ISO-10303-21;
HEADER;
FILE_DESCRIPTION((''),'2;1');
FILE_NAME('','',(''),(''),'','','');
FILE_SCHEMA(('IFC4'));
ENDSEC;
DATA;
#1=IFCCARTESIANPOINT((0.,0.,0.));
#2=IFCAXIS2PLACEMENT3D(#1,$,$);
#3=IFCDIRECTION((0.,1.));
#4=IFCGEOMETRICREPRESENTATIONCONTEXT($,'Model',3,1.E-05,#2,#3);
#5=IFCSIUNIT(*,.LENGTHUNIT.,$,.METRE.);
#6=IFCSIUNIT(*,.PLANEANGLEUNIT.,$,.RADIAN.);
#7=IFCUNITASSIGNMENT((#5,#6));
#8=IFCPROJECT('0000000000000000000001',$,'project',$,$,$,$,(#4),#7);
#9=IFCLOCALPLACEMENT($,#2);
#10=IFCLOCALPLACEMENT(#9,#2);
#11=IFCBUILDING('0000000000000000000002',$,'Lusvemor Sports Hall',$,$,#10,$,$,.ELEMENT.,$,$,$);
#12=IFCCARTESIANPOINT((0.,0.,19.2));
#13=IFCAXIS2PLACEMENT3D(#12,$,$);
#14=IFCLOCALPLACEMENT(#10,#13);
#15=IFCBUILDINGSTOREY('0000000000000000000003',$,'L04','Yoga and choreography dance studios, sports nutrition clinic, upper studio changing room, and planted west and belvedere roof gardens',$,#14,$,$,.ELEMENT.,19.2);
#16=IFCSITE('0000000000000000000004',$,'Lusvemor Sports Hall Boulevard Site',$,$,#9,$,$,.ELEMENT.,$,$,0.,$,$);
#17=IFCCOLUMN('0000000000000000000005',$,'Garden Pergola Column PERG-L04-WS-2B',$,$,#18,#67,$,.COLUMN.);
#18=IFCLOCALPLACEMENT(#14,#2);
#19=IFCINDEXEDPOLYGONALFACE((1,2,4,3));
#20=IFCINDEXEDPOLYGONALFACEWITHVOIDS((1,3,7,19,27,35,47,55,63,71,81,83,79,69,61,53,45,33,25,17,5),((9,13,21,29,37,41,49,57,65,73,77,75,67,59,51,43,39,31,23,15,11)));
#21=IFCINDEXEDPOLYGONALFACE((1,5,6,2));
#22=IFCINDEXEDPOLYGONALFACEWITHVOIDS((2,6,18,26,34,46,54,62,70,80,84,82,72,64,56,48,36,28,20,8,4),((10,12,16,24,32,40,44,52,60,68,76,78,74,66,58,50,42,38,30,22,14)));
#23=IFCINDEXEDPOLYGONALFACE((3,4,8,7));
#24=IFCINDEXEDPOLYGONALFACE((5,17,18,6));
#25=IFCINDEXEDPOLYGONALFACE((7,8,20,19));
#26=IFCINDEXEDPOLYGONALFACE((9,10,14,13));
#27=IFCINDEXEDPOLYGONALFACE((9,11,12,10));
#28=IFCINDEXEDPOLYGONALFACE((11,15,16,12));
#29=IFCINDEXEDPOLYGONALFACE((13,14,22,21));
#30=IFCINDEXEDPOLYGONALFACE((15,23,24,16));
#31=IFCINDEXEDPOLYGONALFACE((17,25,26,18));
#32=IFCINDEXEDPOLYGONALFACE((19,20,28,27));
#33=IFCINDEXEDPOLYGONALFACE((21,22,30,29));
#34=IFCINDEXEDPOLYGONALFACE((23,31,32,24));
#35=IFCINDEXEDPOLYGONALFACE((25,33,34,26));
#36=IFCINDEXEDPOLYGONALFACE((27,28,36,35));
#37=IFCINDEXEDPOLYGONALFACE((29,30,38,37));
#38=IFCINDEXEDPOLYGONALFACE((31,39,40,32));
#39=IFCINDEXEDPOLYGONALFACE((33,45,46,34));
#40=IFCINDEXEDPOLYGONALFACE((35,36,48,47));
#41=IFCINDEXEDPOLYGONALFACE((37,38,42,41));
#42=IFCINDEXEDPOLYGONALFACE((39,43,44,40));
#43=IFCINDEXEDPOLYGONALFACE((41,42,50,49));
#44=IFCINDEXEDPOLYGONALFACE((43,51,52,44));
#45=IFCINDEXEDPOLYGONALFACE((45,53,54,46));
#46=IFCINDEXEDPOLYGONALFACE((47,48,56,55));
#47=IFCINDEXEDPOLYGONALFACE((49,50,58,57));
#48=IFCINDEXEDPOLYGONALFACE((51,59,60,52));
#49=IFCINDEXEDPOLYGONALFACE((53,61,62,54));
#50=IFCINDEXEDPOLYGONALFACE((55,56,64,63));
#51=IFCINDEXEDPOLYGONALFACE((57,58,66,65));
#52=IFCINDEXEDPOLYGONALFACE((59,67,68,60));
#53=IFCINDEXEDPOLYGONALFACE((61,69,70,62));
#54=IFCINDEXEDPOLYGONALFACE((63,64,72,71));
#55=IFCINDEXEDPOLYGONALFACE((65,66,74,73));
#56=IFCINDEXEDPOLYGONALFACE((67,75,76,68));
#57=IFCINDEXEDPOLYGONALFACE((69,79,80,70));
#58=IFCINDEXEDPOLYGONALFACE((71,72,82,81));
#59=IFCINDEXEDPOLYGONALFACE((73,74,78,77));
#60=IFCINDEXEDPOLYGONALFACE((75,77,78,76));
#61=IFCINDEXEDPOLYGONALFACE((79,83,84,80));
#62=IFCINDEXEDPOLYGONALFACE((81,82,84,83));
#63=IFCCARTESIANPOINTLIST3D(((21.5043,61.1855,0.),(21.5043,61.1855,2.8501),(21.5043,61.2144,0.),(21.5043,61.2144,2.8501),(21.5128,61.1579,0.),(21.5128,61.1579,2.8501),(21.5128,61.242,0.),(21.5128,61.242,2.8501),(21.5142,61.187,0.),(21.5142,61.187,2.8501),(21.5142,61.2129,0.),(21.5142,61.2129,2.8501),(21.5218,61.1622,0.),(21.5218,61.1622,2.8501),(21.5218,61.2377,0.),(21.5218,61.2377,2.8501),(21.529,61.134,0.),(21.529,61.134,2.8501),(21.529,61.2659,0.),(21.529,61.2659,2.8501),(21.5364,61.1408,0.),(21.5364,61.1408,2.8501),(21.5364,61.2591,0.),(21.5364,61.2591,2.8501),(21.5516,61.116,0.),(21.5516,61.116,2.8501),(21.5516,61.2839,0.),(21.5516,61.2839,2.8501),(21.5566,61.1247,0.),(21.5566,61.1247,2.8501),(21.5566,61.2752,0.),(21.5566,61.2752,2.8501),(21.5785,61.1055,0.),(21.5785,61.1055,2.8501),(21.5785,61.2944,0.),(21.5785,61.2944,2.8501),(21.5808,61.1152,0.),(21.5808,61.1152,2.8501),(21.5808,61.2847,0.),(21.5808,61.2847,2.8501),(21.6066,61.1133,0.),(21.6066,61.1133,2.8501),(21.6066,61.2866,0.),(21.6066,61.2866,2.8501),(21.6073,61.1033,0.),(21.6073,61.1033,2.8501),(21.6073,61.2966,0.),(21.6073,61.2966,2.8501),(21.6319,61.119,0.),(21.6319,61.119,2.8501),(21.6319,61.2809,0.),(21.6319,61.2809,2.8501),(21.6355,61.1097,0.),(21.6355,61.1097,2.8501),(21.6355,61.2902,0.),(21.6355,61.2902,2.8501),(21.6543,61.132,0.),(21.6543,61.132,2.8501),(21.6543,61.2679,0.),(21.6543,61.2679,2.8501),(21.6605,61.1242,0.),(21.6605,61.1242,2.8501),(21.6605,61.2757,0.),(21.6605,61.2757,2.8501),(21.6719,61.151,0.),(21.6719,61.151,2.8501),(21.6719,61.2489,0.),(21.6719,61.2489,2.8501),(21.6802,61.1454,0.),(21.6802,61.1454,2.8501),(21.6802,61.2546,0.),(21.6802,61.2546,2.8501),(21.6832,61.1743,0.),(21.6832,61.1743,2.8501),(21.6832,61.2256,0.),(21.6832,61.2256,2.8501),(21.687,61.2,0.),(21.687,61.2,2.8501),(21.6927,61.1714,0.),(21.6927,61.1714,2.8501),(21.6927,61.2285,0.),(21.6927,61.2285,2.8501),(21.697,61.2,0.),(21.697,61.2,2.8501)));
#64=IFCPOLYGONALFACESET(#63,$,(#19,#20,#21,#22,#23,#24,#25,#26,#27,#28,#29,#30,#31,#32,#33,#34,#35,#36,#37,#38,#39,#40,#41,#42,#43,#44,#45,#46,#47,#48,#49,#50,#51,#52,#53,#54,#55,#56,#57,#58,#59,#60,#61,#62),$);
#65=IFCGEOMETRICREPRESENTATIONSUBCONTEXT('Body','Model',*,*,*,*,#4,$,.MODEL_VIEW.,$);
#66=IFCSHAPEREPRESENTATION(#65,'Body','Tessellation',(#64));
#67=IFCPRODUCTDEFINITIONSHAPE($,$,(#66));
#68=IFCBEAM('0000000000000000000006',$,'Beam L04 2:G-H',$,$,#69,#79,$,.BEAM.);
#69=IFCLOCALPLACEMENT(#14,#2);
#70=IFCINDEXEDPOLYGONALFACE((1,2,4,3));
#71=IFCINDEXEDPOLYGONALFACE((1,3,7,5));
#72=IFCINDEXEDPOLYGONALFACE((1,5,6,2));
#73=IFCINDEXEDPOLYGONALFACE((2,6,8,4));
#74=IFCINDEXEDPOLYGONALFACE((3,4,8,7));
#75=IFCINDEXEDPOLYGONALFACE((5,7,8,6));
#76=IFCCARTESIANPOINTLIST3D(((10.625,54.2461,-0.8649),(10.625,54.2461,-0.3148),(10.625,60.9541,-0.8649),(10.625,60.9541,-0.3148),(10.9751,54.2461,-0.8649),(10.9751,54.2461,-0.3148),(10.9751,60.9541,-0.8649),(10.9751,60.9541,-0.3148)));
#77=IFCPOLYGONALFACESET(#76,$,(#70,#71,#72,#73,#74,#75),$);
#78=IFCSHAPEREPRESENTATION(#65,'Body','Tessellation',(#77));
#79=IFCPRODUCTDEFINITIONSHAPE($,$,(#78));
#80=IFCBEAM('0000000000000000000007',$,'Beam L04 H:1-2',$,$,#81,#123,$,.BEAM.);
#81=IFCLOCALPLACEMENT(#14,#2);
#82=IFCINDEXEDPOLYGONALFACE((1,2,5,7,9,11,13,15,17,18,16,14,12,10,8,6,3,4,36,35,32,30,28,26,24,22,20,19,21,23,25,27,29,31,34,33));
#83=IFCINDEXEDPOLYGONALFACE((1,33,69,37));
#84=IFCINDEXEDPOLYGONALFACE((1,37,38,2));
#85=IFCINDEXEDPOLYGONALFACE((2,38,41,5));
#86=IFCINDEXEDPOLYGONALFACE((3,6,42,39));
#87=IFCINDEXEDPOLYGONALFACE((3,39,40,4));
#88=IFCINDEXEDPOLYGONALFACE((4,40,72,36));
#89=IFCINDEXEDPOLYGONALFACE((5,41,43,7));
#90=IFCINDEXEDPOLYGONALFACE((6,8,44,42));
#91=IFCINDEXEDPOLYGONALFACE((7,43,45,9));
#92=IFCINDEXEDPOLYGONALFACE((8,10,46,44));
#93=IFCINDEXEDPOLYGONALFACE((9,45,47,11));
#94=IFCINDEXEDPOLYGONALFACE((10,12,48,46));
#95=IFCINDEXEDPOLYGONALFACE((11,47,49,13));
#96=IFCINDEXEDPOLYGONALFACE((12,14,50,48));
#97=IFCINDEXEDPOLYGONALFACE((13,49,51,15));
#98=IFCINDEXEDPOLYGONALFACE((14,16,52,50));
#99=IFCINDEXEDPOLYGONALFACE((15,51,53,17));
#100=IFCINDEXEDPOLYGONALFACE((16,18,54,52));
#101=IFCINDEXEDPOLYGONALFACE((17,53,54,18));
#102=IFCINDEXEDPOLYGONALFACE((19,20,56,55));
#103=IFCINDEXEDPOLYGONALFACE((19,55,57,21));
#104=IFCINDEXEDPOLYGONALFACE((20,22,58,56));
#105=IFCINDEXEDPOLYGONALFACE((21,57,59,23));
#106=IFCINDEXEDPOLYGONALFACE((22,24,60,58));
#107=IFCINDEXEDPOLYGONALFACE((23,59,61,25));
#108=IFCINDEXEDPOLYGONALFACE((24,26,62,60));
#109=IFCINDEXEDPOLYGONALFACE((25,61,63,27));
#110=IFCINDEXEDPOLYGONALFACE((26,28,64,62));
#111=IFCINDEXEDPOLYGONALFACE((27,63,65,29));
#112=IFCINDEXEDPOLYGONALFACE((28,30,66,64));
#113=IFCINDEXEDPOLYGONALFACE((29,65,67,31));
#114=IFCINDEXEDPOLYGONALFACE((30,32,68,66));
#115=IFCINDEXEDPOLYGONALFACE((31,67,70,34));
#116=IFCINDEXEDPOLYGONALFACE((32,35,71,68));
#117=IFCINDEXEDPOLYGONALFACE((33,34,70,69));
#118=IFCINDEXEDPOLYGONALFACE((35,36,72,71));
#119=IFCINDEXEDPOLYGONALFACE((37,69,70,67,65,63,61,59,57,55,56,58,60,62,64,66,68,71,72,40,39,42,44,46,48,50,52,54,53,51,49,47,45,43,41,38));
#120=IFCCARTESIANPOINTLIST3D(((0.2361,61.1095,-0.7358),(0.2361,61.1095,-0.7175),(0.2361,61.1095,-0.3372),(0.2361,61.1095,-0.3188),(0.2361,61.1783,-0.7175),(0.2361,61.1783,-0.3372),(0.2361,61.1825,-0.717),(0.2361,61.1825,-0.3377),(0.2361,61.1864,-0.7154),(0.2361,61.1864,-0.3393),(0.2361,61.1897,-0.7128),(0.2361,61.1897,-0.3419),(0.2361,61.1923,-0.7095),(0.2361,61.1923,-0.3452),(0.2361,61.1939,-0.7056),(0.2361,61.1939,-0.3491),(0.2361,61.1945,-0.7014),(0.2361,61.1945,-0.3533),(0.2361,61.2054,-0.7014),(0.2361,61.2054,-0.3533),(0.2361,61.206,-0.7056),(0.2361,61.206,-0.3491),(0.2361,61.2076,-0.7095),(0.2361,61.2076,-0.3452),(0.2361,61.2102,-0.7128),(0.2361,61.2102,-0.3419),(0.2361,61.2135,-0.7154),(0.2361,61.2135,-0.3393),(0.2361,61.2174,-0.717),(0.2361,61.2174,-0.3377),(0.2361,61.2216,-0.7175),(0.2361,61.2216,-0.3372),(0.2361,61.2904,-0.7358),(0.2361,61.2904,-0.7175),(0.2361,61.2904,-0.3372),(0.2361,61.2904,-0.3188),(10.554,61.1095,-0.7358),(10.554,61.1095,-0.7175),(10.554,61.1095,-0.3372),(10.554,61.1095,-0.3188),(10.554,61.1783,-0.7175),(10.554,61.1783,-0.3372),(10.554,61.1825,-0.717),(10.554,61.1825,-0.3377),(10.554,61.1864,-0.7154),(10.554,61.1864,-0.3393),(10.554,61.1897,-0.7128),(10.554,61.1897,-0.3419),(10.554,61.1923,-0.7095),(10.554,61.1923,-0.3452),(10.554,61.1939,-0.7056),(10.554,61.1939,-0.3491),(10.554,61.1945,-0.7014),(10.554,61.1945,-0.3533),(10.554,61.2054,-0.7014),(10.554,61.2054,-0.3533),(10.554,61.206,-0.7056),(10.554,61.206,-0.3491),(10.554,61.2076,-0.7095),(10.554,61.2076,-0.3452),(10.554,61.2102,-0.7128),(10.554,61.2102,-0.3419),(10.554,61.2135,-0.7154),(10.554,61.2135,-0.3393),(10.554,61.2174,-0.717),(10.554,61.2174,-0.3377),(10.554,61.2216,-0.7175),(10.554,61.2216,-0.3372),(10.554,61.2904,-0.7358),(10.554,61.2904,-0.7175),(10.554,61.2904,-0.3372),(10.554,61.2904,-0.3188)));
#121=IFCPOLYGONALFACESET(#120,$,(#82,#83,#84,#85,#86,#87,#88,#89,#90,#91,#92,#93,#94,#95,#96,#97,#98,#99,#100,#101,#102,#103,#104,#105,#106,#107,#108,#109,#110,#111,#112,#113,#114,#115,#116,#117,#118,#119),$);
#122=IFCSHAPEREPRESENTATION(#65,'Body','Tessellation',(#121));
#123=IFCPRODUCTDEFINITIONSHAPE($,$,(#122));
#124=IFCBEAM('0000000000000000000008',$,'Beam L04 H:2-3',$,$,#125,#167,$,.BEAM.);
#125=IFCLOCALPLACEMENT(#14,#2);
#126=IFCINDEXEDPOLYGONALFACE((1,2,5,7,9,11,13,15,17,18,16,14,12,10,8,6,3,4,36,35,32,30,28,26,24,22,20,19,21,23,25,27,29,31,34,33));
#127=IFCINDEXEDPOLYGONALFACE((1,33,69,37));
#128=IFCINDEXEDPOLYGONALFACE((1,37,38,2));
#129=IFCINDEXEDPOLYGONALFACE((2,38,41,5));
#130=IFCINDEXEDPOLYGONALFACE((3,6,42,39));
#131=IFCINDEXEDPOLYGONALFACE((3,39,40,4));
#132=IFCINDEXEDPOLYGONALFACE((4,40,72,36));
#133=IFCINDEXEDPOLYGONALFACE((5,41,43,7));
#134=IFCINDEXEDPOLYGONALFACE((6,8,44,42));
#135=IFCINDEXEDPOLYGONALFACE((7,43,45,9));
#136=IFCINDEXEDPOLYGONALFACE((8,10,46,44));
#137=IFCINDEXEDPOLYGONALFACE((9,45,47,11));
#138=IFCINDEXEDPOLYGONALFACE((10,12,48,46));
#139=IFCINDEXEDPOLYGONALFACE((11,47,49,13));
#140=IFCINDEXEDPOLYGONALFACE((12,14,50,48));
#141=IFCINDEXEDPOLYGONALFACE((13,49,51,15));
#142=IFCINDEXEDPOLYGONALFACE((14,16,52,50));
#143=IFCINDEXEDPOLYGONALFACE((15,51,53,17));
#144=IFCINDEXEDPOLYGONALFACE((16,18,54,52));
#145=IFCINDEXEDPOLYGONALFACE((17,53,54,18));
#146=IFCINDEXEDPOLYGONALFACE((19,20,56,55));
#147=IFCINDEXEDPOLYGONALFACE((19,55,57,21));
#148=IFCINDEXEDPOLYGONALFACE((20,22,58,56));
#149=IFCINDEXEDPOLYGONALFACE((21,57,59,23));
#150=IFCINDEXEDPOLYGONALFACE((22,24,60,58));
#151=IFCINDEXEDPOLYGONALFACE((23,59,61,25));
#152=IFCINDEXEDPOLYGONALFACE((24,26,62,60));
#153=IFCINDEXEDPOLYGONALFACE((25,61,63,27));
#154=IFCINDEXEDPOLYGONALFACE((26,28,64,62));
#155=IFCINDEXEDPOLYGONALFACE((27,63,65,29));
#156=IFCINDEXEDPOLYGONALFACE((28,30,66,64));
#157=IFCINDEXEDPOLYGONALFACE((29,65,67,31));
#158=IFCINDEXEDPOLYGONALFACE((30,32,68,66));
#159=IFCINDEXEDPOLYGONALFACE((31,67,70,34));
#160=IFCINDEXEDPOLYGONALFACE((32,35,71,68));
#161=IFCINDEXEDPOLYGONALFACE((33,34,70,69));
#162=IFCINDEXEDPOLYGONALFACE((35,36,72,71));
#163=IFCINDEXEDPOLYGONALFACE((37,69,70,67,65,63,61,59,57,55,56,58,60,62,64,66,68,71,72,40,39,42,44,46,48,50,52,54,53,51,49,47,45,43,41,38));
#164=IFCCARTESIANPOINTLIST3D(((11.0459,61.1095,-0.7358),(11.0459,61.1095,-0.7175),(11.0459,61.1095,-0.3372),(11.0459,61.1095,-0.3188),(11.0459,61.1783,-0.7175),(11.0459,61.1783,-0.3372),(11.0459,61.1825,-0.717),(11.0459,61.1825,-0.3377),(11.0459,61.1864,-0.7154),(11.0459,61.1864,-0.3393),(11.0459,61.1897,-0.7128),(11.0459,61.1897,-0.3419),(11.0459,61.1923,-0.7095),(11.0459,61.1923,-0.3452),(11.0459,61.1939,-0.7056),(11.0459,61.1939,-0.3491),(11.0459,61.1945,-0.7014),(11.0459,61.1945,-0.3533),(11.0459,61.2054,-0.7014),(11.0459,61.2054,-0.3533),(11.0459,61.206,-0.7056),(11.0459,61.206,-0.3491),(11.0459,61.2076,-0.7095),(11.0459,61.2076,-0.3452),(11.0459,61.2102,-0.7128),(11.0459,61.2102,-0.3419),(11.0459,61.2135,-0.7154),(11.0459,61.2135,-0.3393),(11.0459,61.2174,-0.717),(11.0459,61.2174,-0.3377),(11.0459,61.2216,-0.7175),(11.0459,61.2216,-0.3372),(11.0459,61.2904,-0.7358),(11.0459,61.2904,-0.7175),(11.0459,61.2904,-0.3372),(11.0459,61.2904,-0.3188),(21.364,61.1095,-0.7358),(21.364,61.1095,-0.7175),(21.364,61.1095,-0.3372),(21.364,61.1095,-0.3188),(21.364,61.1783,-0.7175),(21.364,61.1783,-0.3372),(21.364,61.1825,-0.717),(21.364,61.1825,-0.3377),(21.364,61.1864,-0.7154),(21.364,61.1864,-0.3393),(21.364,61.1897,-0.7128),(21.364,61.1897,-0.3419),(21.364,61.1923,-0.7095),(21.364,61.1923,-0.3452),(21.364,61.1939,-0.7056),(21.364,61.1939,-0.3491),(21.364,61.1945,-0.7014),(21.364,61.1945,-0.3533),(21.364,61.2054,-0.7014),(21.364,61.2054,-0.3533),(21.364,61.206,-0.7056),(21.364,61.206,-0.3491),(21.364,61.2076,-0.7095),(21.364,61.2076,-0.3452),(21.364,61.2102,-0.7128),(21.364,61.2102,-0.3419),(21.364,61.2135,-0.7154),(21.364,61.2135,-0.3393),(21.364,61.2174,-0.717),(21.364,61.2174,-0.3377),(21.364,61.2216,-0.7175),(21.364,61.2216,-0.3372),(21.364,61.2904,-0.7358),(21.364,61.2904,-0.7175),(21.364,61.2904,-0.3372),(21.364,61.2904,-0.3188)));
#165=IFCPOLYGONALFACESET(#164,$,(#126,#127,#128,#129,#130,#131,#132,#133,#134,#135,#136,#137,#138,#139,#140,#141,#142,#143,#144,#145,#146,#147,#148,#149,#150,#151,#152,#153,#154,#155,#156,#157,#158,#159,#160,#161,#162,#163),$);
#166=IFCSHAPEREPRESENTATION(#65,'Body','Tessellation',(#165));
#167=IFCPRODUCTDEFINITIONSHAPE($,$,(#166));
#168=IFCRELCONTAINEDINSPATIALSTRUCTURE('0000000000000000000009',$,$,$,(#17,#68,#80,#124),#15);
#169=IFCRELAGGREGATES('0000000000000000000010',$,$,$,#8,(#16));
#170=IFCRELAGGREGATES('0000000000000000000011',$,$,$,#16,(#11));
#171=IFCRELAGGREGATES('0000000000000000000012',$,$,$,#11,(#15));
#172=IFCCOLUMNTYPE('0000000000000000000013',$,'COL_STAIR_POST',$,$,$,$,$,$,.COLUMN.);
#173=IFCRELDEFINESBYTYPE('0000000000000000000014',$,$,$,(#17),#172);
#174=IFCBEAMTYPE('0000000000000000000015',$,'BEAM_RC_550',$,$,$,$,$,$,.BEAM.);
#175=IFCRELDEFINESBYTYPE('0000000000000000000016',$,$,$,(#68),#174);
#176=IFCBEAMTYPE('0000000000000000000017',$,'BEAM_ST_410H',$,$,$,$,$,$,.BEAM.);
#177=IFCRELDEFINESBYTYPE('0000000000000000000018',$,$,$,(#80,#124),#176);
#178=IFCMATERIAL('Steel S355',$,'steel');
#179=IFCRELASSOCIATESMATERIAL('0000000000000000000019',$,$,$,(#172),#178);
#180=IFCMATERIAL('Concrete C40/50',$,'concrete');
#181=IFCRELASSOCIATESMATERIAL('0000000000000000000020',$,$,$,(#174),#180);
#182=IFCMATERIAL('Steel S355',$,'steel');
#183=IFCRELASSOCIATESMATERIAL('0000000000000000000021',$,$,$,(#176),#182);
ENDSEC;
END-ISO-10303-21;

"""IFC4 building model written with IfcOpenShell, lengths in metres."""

from ifc_helpers import new_model, si_unit, direction, frame, origin, origin_2d, place, context, subcontext, project, spatial, rectangle, hollow_circle, i_section, extrude, material, material_profile, profile_set, type_object, element, save


model = new_model("IFC4")

# Units and contexts
model_context = context("Model", 3, precision=1e-05, world=origin(), true_north=direction((0.0, 1.0)))
body_context = subcontext(model_context, "Body", "Model", "MODEL_VIEW")
ifc_project = project(units=[si_unit("LENGTHUNIT", "METRE"), si_unit("PLANEANGLEUNIT", "RADIAN")], contexts=[model_context])

# Site, building, storey
site_placement = place(None, origin())
site = spatial("IfcSite", under=ifc_project, at=site_placement, Name="Lusvemor Sports Hall Boulevard Site", CompositionType="ELEMENT", RefElevation=0.0)
building_placement = place(site_placement, origin())
building = spatial("IfcBuilding", under=site, at=building_placement, Name="Lusvemor Sports Hall", CompositionType="ELEMENT")
storey_placement = place(building_placement, frame((0.0, 0.0, 19.2)))
storey = spatial("IfcBuildingStorey", under=building, at=storey_placement, Name="L04", Description="Yoga and choreography dance studios, sports nutrition clinic, upper studio changing room, and planted west and belvedere roof gardens", CompositionType="ELEMENT", Elevation=19.2)

# Column
ifc_material_1 = material(Name="Steel S355", Category="steel")
ifc_material_profile_1 = material_profile(ifc_material_1, hollow_circle(Radius=0.0969, WallThickness=0.01, at=origin_2d()), Name="CHS193.7x10.0")
ifc_profile_set_1 = profile_set([ifc_material_profile_1], Name="Steel S355")
column_type = type_object("IfcColumnType", Name="COL_STAIR_POST", PredefinedType="COLUMN", material=ifc_profile_set_1)
for number, where, z_axis, x_axis, name in (
    (1, (21.6001, 61.2, 0.0), (0.0, 0.0, 1.0), (1.0, 0.0, 0.0), "Garden Pergola Column PERG-L04-WS-2B"),
):
    element("IfcColumn", number, at=place(storey_placement, frame(where, z_axis=z_axis, x_axis=x_axis)), inside=storey, type_object=column_type, Name=name, PredefinedType="COLUMN", context=body_context, shape_type="SweptSolid", body=[
        extrude(hollow_circle(Radius=0.0969, WallThickness=0.01, at=origin_2d()), origin(), (0.0, 0.0, 1.0), 2.8501),
    ])

# Beams
ifc_material_2 = material(Name="Concrete C40/50", Category="concrete")
ifc_material_profile_2 = material_profile(ifc_material_2, rectangle(XDim=0.3501, YDim=0.55, at=origin_2d()), Name="RC350x550")
ifc_profile_set_2 = profile_set([ifc_material_profile_2], Name="Concrete C40/50")
beam_type_1 = type_object("IfcBeamType", Name="BEAM_RC_550", PredefinedType="BEAM", material=ifc_profile_set_2)
beam_1_placement = place(storey_placement, frame((10.8, 54.2461, -0.5898), z_axis=(0.0, 1.0, 0.0), x_axis=(-1.0, 0.0, 0.0)))
element("IfcBeam", 2, at=beam_1_placement, inside=storey, type_object=beam_type_1, Name="Beam L04 2:G-H", PredefinedType="BEAM", context=body_context, shape_type="SweptSolid", body=[
    extrude(rectangle(XDim=0.3501, YDim=0.55, at=origin_2d()), origin(), (0.0, 0.0, 1.0), 6.708),
])
ifc_material_3 = material(Name="Steel S355", Category="steel")
ifc_material_profile_3 = material_profile(ifc_material_3, i_section(OverallWidth=0.1809, OverallDepth=0.417, WebThickness=0.011, FlangeThickness=0.0183, FilletRadius=0.0161, at=origin_2d()), Name="W410x85.0")
ifc_profile_set_3 = profile_set([ifc_material_profile_3], Name="Steel S355")
beam_type_2 = type_object("IfcBeamType", Name="BEAM_ST_410H", PredefinedType="BEAM", material=ifc_profile_set_3)
beam_2_placement = place(storey_placement, frame((0.2361, 61.2, -0.5273), z_axis=(1.0, 0.0, 0.0), x_axis=(0.0, 1.0, 0.0)))
element("IfcBeam", 3, at=beam_2_placement, inside=storey, type_object=beam_type_2, Name="Beam L04 H:1-2", PredefinedType="BEAM", context=body_context, shape_type="SweptSolid", body=[
    extrude(i_section(OverallWidth=0.1809, OverallDepth=0.417, WebThickness=0.011, FlangeThickness=0.0183, FilletRadius=0.0161, at=origin_2d()), origin(), (0.0, 0.0, 1.0), 10.3179),
])
beam_3_placement = place(storey_placement, frame((11.0459, 61.2, -0.5273), z_axis=(1.0, 0.0, 0.0), x_axis=(0.0, 1.0, 0.0)))
element("IfcBeam", 4, at=beam_3_placement, inside=storey, type_object=beam_type_2, Name="Beam L04 H:2-3", PredefinedType="BEAM", context=body_context, shape_type="SweptSolid", body=[
    extrude(i_section(OverallWidth=0.1809, OverallDepth=0.417, WebThickness=0.011, FlangeThickness=0.0183, FilletRadius=0.0161, at=origin_2d()), origin(), (0.0, 0.0, 1.0), 10.3181),
])

save(model, "model.ifc")
